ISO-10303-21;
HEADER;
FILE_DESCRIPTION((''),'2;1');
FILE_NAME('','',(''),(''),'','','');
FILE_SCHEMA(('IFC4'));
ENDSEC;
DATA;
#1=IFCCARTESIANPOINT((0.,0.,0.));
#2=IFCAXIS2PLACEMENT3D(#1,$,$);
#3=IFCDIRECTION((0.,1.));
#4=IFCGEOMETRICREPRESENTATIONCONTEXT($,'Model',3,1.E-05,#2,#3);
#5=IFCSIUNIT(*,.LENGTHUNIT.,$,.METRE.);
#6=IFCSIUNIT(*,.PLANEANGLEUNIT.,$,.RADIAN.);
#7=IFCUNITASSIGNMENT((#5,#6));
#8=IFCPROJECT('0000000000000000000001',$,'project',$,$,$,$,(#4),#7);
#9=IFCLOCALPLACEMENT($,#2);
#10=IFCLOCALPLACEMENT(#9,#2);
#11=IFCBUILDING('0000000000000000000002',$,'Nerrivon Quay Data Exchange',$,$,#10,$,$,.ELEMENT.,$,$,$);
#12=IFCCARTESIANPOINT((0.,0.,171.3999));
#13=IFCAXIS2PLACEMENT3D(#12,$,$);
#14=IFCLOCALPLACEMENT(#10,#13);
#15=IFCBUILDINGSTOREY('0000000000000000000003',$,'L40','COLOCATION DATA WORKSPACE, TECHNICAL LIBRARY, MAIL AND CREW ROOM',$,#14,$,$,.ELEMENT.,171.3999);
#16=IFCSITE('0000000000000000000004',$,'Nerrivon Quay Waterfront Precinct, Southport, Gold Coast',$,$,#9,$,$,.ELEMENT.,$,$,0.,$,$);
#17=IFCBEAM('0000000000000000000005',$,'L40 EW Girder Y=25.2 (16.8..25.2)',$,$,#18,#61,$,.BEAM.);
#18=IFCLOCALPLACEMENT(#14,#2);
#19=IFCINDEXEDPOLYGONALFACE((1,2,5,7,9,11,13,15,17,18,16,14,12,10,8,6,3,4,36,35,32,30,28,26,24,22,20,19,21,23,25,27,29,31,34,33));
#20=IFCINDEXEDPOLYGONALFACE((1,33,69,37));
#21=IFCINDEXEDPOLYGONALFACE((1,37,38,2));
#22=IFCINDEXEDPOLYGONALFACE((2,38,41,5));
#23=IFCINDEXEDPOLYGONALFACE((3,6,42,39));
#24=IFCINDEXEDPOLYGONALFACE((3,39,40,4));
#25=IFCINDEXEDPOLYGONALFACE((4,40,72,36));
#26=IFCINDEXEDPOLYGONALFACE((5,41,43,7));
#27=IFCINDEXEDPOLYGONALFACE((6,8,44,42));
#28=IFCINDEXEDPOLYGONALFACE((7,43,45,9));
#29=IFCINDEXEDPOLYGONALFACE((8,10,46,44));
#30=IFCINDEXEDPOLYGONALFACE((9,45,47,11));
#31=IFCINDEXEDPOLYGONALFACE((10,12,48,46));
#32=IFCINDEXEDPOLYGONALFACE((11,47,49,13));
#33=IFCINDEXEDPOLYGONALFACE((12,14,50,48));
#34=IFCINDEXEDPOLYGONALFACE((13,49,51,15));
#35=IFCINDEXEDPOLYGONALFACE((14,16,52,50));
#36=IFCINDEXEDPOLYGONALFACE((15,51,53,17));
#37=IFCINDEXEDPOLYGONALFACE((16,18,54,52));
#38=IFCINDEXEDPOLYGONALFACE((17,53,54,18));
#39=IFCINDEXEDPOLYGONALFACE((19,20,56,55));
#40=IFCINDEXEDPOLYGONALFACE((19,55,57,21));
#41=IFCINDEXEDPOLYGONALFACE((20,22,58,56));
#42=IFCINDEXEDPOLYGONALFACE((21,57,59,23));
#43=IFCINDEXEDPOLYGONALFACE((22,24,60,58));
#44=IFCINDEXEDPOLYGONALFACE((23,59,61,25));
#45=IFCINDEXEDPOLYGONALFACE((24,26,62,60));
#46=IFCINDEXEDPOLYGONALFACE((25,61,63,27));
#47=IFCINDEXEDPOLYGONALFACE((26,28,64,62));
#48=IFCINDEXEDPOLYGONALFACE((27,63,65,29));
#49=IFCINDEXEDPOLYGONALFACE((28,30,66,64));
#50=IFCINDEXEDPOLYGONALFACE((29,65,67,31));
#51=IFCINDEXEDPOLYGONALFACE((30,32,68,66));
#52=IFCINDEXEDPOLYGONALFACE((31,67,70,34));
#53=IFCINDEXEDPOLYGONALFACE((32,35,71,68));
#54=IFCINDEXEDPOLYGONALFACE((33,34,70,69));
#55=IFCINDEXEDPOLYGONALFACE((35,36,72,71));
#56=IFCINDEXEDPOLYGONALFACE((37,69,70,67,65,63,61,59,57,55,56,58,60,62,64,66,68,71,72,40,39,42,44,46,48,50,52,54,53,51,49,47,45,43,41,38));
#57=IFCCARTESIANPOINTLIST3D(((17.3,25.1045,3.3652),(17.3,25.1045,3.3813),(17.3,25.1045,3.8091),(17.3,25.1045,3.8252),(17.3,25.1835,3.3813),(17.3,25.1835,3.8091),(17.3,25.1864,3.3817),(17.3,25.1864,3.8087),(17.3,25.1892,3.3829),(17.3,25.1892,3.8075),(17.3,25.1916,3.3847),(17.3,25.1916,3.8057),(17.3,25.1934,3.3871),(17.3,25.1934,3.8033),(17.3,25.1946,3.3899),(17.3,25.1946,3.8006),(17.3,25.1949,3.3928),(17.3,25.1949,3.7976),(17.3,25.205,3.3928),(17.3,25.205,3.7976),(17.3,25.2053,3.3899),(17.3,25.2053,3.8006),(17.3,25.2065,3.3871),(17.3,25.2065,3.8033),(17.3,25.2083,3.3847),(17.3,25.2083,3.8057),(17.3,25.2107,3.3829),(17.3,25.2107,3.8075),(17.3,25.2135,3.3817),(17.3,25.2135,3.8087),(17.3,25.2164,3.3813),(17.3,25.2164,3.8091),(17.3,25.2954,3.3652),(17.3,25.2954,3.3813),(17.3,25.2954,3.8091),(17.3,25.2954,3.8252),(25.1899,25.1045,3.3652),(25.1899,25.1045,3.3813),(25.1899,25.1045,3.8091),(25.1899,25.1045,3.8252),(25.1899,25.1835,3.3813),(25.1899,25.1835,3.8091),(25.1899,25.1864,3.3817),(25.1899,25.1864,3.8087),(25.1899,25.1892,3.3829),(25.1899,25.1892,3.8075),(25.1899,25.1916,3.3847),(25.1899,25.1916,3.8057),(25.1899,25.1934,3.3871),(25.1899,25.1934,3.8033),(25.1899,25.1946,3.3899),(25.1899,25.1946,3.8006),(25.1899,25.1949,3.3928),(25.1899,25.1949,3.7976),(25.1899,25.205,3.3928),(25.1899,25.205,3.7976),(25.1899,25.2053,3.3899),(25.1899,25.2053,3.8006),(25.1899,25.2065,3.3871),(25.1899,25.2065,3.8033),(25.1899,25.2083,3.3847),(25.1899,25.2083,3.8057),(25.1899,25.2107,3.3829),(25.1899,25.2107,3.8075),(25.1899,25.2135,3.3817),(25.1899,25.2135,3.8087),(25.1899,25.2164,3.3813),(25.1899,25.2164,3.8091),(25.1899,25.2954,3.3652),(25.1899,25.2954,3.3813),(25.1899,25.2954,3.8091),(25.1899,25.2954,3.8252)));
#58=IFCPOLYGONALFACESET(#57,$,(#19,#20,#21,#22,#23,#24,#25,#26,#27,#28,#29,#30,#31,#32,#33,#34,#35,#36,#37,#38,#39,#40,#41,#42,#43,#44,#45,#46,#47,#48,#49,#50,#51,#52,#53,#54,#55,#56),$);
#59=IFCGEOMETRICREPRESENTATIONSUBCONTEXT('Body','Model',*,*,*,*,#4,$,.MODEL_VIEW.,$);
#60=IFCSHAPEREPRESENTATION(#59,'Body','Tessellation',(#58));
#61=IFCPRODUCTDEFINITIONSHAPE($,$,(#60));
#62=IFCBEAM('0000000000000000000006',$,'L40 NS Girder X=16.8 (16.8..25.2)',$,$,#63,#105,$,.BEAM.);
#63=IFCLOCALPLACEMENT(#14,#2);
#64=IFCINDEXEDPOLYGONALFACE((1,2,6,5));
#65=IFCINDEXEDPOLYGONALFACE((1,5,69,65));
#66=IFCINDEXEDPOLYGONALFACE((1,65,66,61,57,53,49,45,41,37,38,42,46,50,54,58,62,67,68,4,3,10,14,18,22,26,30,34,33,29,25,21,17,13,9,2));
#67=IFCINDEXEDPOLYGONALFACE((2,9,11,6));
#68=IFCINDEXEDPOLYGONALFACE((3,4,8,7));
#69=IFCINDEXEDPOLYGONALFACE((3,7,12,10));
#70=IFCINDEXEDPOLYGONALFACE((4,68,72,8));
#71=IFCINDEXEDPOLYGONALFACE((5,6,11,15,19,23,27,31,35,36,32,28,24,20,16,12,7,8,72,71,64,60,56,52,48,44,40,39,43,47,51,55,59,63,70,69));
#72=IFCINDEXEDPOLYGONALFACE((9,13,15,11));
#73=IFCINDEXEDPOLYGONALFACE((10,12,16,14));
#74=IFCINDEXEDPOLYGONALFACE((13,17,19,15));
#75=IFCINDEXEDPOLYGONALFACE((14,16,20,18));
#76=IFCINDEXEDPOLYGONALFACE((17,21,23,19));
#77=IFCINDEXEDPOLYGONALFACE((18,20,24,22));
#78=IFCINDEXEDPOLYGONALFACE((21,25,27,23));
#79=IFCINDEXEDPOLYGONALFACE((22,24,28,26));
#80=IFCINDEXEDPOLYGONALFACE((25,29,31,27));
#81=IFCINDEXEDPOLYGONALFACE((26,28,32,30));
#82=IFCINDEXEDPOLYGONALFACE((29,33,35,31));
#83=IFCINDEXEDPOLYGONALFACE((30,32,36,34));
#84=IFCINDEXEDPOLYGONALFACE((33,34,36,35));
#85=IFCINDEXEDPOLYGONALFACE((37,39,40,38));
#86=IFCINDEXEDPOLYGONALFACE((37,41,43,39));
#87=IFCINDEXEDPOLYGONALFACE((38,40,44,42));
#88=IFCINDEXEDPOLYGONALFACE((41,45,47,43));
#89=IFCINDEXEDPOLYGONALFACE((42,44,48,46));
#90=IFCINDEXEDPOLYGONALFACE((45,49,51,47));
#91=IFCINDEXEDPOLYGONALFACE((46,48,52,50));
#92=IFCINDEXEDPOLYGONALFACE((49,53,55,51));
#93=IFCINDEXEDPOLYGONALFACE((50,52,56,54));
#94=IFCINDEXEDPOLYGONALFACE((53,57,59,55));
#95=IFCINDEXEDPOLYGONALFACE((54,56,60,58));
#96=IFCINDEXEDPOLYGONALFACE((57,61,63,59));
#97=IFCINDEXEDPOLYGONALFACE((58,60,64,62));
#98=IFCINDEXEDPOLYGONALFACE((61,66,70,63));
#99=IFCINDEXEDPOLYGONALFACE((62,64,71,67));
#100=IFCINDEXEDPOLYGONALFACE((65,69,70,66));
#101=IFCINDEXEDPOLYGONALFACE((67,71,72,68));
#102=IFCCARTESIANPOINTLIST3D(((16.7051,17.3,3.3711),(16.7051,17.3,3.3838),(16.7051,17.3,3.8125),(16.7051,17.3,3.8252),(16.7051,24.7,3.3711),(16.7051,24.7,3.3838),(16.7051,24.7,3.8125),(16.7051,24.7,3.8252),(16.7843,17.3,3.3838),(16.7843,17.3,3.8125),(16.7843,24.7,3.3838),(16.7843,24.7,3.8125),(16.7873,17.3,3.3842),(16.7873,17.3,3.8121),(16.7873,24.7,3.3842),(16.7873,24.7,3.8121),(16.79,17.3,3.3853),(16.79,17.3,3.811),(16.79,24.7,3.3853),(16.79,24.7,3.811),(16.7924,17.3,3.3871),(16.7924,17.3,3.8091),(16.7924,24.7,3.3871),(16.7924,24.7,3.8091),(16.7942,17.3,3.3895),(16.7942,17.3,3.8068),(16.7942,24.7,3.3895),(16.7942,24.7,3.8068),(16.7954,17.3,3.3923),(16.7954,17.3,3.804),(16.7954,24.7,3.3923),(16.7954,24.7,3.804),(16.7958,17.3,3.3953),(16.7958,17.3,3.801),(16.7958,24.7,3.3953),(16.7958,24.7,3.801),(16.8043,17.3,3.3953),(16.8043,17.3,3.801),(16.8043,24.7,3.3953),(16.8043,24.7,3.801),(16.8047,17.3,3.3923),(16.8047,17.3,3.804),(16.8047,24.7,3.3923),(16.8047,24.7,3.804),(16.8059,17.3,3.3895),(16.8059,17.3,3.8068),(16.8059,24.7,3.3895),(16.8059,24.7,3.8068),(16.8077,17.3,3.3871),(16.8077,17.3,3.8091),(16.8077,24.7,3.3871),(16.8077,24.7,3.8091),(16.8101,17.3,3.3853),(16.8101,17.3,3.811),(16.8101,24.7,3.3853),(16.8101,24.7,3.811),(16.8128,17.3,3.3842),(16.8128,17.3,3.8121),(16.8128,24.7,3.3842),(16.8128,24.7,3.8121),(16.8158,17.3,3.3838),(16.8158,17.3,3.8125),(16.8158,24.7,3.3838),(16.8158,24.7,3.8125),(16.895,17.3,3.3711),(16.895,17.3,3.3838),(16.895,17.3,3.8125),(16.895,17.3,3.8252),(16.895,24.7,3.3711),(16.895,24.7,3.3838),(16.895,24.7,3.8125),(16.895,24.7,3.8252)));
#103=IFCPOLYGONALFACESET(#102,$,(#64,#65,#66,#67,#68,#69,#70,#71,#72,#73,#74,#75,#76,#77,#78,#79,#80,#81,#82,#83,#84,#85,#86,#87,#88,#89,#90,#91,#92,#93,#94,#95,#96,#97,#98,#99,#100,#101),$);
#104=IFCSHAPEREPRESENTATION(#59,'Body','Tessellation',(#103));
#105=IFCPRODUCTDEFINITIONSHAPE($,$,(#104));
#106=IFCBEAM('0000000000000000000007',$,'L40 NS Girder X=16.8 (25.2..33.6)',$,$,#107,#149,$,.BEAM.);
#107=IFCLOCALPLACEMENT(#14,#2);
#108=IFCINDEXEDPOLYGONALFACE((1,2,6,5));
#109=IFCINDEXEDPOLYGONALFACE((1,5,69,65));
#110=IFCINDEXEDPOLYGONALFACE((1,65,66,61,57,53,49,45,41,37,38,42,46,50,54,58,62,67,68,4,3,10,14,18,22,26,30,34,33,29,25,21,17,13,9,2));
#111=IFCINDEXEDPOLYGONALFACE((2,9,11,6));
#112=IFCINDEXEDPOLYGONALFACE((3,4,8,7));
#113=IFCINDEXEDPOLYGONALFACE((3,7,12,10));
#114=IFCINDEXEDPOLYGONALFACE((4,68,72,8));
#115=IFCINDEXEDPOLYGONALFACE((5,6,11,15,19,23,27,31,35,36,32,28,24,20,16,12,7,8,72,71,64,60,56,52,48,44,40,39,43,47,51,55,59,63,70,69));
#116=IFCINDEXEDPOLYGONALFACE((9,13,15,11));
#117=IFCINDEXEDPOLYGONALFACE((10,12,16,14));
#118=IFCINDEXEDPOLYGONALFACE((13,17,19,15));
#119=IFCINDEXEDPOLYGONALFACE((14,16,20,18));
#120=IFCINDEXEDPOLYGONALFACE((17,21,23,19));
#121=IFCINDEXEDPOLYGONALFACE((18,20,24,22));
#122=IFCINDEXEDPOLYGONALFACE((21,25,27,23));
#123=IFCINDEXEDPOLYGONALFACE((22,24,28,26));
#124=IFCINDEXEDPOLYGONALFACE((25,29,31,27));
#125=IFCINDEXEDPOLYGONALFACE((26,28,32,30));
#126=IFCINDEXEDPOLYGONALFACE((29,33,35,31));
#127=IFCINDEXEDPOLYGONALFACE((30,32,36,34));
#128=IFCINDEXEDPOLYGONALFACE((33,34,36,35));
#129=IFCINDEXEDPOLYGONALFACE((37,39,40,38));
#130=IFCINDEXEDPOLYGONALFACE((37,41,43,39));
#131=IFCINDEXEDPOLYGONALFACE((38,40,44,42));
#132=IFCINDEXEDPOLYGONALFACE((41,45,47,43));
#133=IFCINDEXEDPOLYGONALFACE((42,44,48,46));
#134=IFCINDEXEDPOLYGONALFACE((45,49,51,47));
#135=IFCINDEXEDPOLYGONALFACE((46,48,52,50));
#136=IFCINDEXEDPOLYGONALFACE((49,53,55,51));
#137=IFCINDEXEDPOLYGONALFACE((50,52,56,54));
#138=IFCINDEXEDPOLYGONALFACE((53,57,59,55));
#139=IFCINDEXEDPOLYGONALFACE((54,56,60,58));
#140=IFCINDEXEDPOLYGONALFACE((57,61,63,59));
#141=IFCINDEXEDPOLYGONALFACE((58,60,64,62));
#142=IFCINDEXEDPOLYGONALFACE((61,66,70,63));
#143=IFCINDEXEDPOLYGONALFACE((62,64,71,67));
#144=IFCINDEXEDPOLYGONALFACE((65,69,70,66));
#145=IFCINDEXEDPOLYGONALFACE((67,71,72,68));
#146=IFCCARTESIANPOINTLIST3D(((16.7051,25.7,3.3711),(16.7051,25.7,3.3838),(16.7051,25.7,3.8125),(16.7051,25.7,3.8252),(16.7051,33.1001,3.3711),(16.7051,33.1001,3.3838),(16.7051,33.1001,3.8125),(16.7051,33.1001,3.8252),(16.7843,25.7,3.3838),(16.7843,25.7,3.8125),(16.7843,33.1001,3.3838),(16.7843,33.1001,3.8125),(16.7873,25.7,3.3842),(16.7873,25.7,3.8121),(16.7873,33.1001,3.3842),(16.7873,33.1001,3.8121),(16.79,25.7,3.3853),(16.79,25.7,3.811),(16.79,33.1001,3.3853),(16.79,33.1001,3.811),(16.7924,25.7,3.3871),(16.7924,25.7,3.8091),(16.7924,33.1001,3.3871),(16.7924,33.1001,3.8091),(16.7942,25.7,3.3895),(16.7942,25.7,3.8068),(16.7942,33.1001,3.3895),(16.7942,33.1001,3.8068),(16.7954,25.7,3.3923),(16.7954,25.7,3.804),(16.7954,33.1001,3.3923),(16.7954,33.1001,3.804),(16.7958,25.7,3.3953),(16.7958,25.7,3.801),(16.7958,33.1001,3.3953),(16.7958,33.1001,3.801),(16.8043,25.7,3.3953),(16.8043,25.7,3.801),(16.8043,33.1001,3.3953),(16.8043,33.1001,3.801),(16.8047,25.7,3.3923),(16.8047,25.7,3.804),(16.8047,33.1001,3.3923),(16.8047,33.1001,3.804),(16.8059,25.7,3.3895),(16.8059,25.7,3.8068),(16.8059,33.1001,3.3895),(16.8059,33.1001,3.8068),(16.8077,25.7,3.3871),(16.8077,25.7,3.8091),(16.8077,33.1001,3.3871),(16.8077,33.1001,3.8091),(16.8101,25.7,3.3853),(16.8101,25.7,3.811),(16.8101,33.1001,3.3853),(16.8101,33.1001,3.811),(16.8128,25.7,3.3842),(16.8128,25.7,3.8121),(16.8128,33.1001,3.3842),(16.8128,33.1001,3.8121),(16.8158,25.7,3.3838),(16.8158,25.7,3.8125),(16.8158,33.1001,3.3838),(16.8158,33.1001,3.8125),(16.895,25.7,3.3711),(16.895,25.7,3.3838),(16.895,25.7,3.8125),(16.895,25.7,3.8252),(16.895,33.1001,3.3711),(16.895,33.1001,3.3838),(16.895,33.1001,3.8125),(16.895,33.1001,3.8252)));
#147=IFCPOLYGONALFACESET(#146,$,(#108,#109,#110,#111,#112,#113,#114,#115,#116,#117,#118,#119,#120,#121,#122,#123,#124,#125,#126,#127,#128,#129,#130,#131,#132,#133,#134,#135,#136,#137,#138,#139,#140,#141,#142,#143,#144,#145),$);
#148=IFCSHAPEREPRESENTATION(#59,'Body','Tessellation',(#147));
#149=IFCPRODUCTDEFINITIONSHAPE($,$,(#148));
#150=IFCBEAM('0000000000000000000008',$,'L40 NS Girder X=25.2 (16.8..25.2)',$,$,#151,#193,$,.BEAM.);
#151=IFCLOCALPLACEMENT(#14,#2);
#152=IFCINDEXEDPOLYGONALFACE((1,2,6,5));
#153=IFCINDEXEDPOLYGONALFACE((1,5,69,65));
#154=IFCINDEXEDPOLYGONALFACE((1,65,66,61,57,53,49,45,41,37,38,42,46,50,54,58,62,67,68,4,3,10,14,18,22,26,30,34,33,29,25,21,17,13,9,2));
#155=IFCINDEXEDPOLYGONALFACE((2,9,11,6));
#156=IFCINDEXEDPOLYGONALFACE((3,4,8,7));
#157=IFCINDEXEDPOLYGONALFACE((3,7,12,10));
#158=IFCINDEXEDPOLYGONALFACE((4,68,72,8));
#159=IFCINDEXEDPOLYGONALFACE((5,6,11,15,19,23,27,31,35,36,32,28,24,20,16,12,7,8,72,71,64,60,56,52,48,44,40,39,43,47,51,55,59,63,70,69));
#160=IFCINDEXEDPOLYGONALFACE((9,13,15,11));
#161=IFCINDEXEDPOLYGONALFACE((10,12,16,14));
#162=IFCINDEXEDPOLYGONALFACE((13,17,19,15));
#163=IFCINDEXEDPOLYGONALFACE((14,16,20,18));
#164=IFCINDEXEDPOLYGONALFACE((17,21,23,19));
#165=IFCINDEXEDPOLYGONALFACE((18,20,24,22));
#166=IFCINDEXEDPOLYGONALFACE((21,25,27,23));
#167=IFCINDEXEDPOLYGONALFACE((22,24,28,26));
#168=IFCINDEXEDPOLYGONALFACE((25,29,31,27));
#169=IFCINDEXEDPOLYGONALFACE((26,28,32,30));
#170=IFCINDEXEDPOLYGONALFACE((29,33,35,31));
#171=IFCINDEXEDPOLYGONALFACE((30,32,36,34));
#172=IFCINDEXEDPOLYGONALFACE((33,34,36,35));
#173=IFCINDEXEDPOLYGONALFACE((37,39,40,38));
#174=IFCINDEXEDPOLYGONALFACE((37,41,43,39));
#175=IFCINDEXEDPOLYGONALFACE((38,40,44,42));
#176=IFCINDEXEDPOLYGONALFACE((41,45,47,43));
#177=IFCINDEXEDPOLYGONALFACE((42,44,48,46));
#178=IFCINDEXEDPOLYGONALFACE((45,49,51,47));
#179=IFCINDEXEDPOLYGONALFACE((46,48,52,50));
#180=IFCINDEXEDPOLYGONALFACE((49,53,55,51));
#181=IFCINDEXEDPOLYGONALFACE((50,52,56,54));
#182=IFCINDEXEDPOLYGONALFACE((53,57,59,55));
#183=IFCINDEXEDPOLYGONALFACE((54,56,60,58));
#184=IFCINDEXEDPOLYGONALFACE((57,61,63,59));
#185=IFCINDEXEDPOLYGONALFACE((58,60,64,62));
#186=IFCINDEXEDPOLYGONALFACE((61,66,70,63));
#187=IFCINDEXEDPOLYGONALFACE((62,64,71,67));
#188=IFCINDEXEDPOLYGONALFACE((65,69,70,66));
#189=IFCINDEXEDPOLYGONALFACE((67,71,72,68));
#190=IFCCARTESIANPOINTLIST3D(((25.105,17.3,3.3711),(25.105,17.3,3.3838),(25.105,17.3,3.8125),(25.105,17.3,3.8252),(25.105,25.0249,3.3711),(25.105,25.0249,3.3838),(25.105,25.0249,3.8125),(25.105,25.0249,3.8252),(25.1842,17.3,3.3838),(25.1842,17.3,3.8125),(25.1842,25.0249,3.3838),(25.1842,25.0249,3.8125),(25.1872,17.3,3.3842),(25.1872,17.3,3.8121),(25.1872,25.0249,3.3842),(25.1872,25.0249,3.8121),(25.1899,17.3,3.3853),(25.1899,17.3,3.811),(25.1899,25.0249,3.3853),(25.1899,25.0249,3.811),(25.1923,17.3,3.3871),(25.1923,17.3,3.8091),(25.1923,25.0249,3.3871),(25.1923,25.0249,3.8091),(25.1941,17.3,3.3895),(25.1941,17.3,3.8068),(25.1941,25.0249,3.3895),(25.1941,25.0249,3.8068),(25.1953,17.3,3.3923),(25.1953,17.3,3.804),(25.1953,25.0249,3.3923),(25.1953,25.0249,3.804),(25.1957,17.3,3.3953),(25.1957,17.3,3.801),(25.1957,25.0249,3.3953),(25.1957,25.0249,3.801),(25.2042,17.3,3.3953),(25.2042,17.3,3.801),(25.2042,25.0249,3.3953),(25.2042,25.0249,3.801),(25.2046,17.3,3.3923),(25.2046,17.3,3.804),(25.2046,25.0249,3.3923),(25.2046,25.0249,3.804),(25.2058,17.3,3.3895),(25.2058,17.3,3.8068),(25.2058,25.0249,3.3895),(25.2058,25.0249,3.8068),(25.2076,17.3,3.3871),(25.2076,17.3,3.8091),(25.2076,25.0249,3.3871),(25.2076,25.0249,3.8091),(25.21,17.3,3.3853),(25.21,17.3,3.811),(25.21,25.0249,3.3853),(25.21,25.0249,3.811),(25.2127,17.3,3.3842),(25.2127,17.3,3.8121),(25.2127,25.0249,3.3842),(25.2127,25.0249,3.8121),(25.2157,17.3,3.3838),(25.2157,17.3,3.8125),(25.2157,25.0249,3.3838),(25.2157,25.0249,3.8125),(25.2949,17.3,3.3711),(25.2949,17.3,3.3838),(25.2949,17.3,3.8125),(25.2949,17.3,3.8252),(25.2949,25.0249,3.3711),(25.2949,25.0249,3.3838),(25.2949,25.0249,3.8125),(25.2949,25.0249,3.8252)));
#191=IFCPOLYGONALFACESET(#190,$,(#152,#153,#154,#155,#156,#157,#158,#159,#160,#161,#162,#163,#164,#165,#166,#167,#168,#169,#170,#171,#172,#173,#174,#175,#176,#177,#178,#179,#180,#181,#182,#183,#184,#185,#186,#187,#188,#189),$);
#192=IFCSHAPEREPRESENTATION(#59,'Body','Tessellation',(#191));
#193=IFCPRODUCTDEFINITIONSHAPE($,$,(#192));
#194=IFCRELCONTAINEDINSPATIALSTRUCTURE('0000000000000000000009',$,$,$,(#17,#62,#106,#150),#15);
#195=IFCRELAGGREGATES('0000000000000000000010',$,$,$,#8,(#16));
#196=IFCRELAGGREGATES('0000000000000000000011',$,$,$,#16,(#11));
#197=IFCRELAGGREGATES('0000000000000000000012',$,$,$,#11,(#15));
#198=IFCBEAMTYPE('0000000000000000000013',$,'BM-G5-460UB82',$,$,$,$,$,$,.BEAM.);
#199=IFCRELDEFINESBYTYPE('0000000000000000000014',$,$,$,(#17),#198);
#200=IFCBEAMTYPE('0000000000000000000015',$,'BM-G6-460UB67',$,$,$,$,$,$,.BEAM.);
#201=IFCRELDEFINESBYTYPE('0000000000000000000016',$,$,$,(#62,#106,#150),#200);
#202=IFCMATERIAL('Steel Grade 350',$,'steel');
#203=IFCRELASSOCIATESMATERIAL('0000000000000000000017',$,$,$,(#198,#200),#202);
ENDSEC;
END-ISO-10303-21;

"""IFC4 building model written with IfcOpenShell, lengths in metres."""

from ifc_helpers import new_model, si_unit, direction, frame, origin, origin_2d, place, context, subcontext, project, spatial, i_section, extrude, material, material_profile, profile_set, type_object, element, save


model = new_model("IFC4")

# Units and contexts
model_context = context("Model", 3, precision=1e-05, world=origin(), true_north=direction((0.0, 1.0)))
body_context = subcontext(model_context, "Body", "Model", "MODEL_VIEW")
ifc_project = project(units=[si_unit("LENGTHUNIT", "METRE"), si_unit("PLANEANGLEUNIT", "RADIAN")], contexts=[model_context])

# Site, building, storey
site_placement = place(None, origin())
site = spatial("IfcSite", under=ifc_project, at=site_placement, Name="Nerrivon Quay Waterfront Precinct, Southport, Gold Coast", CompositionType="ELEMENT", RefElevation=0.0)
building_placement = place(site_placement, origin())
building = spatial("IfcBuilding", under=site, at=building_placement, Name="Nerrivon Quay Data Exchange", CompositionType="ELEMENT")
storey_placement = place(building_placement, frame((0.0, 0.0, 171.3999)))
storey = spatial("IfcBuildingStorey", under=building, at=storey_placement, Name="L40", Description="COLOCATION DATA WORKSPACE, TECHNICAL LIBRARY, MAIL AND CREW ROOM", CompositionType="ELEMENT", Elevation=171.3999)

# Shared definitions
ifc_material_1 = material(Name="Steel Grade 350", Category="steel")

# Beams
ifc_material_profile_1 = material_profile(ifc_material_1, i_section(OverallWidth=0.1909, OverallDepth=0.46, WebThickness=0.01, FlangeThickness=0.0161, FilletRadius=0.0115, at=origin_2d()), Name="460UB82.1")
ifc_profile_set_1 = profile_set([ifc_material_profile_1], Name="Steel Grade 350")
beam_type_1 = type_object("IfcBeamType", Name="BM-G5-460UB82", PredefinedType="BEAM", material=ifc_profile_set_1)
beam_1_placement = place(storey_placement, frame((17.3, 25.2, 3.5952), z_axis=(1.0, 0.0, 0.0), x_axis=(0.0, 1.0, 0.0)))
element("IfcBeam", 1, at=beam_1_placement, inside=storey, type_object=beam_type_1, Name="L40 EW Girder Y=25.2 (16.8..25.2)", PredefinedType="BEAM", context=body_context, shape_type="SweptSolid", body=[
    extrude(i_section(OverallWidth=0.1909, OverallDepth=0.46, WebThickness=0.01, FlangeThickness=0.0161, FilletRadius=0.0115, at=origin_2d()), origin(), (0.0, 0.0, 1.0), 7.8899),
])
ifc_material_profile_2 = material_profile(ifc_material_1, i_section(OverallWidth=0.1899, OverallDepth=0.4541, WebThickness=0.0085, FlangeThickness=0.0127, FilletRadius=0.0115, at=origin_2d()), Name="460UB67.1")
ifc_profile_set_2 = profile_set([ifc_material_profile_2], Name="Steel Grade 350")
beam_type_2 = type_object("IfcBeamType", Name="BM-G6-460UB67", PredefinedType="BEAM", material=ifc_profile_set_2)
beam_2_placement = place(storey_placement, frame((16.8, 17.3, 3.5981), z_axis=(0.0, 1.0, 0.0), x_axis=(-1.0, 0.0, 0.0)))
element("IfcBeam", 2, at=beam_2_placement, inside=storey, type_object=beam_type_2, Name="L40 NS Girder X=16.8 (16.8..25.2)", PredefinedType="BEAM", context=body_context, shape_type="SweptSolid", body=[
    extrude(i_section(OverallWidth=0.1899, OverallDepth=0.4541, WebThickness=0.0085, FlangeThickness=0.0127, FilletRadius=0.0115, at=origin_2d()), origin(), (0.0, 0.0, 1.0), 7.3999),
])
beam_3_placement = place(storey_placement, frame((16.8, 25.7, 3.5981), z_axis=(0.0, 1.0, 0.0), x_axis=(-1.0, 0.0, 0.0)))
element("IfcBeam", 3, at=beam_3_placement, inside=storey, type_object=beam_type_2, Name="L40 NS Girder X=16.8 (25.2..33.6)", PredefinedType="BEAM", context=body_context, shape_type="SweptSolid", body=[
    extrude(i_section(OverallWidth=0.1899, OverallDepth=0.4541, WebThickness=0.0085, FlangeThickness=0.0127, FilletRadius=0.0115, at=origin_2d()), origin(), (0.0, 0.0, 1.0), 7.4001),
])
beam_4_placement = place(storey_placement, frame((25.2, 17.3, 3.5981), z_axis=(0.0, 1.0, 0.0), x_axis=(-1.0, 0.0, 0.0)))
element("IfcBeam", 4, at=beam_4_placement, inside=storey, type_object=beam_type_2, Name="L40 NS Girder X=25.2 (16.8..25.2)", PredefinedType="BEAM", context=body_context, shape_type="SweptSolid", body=[
    extrude(i_section(OverallWidth=0.1899, OverallDepth=0.4541, WebThickness=0.0085, FlangeThickness=0.0127, FilletRadius=0.0115, at=origin_2d()), origin(), (0.0, 0.0, 1.0), 7.7249),
])

save(model, "model.ifc")
